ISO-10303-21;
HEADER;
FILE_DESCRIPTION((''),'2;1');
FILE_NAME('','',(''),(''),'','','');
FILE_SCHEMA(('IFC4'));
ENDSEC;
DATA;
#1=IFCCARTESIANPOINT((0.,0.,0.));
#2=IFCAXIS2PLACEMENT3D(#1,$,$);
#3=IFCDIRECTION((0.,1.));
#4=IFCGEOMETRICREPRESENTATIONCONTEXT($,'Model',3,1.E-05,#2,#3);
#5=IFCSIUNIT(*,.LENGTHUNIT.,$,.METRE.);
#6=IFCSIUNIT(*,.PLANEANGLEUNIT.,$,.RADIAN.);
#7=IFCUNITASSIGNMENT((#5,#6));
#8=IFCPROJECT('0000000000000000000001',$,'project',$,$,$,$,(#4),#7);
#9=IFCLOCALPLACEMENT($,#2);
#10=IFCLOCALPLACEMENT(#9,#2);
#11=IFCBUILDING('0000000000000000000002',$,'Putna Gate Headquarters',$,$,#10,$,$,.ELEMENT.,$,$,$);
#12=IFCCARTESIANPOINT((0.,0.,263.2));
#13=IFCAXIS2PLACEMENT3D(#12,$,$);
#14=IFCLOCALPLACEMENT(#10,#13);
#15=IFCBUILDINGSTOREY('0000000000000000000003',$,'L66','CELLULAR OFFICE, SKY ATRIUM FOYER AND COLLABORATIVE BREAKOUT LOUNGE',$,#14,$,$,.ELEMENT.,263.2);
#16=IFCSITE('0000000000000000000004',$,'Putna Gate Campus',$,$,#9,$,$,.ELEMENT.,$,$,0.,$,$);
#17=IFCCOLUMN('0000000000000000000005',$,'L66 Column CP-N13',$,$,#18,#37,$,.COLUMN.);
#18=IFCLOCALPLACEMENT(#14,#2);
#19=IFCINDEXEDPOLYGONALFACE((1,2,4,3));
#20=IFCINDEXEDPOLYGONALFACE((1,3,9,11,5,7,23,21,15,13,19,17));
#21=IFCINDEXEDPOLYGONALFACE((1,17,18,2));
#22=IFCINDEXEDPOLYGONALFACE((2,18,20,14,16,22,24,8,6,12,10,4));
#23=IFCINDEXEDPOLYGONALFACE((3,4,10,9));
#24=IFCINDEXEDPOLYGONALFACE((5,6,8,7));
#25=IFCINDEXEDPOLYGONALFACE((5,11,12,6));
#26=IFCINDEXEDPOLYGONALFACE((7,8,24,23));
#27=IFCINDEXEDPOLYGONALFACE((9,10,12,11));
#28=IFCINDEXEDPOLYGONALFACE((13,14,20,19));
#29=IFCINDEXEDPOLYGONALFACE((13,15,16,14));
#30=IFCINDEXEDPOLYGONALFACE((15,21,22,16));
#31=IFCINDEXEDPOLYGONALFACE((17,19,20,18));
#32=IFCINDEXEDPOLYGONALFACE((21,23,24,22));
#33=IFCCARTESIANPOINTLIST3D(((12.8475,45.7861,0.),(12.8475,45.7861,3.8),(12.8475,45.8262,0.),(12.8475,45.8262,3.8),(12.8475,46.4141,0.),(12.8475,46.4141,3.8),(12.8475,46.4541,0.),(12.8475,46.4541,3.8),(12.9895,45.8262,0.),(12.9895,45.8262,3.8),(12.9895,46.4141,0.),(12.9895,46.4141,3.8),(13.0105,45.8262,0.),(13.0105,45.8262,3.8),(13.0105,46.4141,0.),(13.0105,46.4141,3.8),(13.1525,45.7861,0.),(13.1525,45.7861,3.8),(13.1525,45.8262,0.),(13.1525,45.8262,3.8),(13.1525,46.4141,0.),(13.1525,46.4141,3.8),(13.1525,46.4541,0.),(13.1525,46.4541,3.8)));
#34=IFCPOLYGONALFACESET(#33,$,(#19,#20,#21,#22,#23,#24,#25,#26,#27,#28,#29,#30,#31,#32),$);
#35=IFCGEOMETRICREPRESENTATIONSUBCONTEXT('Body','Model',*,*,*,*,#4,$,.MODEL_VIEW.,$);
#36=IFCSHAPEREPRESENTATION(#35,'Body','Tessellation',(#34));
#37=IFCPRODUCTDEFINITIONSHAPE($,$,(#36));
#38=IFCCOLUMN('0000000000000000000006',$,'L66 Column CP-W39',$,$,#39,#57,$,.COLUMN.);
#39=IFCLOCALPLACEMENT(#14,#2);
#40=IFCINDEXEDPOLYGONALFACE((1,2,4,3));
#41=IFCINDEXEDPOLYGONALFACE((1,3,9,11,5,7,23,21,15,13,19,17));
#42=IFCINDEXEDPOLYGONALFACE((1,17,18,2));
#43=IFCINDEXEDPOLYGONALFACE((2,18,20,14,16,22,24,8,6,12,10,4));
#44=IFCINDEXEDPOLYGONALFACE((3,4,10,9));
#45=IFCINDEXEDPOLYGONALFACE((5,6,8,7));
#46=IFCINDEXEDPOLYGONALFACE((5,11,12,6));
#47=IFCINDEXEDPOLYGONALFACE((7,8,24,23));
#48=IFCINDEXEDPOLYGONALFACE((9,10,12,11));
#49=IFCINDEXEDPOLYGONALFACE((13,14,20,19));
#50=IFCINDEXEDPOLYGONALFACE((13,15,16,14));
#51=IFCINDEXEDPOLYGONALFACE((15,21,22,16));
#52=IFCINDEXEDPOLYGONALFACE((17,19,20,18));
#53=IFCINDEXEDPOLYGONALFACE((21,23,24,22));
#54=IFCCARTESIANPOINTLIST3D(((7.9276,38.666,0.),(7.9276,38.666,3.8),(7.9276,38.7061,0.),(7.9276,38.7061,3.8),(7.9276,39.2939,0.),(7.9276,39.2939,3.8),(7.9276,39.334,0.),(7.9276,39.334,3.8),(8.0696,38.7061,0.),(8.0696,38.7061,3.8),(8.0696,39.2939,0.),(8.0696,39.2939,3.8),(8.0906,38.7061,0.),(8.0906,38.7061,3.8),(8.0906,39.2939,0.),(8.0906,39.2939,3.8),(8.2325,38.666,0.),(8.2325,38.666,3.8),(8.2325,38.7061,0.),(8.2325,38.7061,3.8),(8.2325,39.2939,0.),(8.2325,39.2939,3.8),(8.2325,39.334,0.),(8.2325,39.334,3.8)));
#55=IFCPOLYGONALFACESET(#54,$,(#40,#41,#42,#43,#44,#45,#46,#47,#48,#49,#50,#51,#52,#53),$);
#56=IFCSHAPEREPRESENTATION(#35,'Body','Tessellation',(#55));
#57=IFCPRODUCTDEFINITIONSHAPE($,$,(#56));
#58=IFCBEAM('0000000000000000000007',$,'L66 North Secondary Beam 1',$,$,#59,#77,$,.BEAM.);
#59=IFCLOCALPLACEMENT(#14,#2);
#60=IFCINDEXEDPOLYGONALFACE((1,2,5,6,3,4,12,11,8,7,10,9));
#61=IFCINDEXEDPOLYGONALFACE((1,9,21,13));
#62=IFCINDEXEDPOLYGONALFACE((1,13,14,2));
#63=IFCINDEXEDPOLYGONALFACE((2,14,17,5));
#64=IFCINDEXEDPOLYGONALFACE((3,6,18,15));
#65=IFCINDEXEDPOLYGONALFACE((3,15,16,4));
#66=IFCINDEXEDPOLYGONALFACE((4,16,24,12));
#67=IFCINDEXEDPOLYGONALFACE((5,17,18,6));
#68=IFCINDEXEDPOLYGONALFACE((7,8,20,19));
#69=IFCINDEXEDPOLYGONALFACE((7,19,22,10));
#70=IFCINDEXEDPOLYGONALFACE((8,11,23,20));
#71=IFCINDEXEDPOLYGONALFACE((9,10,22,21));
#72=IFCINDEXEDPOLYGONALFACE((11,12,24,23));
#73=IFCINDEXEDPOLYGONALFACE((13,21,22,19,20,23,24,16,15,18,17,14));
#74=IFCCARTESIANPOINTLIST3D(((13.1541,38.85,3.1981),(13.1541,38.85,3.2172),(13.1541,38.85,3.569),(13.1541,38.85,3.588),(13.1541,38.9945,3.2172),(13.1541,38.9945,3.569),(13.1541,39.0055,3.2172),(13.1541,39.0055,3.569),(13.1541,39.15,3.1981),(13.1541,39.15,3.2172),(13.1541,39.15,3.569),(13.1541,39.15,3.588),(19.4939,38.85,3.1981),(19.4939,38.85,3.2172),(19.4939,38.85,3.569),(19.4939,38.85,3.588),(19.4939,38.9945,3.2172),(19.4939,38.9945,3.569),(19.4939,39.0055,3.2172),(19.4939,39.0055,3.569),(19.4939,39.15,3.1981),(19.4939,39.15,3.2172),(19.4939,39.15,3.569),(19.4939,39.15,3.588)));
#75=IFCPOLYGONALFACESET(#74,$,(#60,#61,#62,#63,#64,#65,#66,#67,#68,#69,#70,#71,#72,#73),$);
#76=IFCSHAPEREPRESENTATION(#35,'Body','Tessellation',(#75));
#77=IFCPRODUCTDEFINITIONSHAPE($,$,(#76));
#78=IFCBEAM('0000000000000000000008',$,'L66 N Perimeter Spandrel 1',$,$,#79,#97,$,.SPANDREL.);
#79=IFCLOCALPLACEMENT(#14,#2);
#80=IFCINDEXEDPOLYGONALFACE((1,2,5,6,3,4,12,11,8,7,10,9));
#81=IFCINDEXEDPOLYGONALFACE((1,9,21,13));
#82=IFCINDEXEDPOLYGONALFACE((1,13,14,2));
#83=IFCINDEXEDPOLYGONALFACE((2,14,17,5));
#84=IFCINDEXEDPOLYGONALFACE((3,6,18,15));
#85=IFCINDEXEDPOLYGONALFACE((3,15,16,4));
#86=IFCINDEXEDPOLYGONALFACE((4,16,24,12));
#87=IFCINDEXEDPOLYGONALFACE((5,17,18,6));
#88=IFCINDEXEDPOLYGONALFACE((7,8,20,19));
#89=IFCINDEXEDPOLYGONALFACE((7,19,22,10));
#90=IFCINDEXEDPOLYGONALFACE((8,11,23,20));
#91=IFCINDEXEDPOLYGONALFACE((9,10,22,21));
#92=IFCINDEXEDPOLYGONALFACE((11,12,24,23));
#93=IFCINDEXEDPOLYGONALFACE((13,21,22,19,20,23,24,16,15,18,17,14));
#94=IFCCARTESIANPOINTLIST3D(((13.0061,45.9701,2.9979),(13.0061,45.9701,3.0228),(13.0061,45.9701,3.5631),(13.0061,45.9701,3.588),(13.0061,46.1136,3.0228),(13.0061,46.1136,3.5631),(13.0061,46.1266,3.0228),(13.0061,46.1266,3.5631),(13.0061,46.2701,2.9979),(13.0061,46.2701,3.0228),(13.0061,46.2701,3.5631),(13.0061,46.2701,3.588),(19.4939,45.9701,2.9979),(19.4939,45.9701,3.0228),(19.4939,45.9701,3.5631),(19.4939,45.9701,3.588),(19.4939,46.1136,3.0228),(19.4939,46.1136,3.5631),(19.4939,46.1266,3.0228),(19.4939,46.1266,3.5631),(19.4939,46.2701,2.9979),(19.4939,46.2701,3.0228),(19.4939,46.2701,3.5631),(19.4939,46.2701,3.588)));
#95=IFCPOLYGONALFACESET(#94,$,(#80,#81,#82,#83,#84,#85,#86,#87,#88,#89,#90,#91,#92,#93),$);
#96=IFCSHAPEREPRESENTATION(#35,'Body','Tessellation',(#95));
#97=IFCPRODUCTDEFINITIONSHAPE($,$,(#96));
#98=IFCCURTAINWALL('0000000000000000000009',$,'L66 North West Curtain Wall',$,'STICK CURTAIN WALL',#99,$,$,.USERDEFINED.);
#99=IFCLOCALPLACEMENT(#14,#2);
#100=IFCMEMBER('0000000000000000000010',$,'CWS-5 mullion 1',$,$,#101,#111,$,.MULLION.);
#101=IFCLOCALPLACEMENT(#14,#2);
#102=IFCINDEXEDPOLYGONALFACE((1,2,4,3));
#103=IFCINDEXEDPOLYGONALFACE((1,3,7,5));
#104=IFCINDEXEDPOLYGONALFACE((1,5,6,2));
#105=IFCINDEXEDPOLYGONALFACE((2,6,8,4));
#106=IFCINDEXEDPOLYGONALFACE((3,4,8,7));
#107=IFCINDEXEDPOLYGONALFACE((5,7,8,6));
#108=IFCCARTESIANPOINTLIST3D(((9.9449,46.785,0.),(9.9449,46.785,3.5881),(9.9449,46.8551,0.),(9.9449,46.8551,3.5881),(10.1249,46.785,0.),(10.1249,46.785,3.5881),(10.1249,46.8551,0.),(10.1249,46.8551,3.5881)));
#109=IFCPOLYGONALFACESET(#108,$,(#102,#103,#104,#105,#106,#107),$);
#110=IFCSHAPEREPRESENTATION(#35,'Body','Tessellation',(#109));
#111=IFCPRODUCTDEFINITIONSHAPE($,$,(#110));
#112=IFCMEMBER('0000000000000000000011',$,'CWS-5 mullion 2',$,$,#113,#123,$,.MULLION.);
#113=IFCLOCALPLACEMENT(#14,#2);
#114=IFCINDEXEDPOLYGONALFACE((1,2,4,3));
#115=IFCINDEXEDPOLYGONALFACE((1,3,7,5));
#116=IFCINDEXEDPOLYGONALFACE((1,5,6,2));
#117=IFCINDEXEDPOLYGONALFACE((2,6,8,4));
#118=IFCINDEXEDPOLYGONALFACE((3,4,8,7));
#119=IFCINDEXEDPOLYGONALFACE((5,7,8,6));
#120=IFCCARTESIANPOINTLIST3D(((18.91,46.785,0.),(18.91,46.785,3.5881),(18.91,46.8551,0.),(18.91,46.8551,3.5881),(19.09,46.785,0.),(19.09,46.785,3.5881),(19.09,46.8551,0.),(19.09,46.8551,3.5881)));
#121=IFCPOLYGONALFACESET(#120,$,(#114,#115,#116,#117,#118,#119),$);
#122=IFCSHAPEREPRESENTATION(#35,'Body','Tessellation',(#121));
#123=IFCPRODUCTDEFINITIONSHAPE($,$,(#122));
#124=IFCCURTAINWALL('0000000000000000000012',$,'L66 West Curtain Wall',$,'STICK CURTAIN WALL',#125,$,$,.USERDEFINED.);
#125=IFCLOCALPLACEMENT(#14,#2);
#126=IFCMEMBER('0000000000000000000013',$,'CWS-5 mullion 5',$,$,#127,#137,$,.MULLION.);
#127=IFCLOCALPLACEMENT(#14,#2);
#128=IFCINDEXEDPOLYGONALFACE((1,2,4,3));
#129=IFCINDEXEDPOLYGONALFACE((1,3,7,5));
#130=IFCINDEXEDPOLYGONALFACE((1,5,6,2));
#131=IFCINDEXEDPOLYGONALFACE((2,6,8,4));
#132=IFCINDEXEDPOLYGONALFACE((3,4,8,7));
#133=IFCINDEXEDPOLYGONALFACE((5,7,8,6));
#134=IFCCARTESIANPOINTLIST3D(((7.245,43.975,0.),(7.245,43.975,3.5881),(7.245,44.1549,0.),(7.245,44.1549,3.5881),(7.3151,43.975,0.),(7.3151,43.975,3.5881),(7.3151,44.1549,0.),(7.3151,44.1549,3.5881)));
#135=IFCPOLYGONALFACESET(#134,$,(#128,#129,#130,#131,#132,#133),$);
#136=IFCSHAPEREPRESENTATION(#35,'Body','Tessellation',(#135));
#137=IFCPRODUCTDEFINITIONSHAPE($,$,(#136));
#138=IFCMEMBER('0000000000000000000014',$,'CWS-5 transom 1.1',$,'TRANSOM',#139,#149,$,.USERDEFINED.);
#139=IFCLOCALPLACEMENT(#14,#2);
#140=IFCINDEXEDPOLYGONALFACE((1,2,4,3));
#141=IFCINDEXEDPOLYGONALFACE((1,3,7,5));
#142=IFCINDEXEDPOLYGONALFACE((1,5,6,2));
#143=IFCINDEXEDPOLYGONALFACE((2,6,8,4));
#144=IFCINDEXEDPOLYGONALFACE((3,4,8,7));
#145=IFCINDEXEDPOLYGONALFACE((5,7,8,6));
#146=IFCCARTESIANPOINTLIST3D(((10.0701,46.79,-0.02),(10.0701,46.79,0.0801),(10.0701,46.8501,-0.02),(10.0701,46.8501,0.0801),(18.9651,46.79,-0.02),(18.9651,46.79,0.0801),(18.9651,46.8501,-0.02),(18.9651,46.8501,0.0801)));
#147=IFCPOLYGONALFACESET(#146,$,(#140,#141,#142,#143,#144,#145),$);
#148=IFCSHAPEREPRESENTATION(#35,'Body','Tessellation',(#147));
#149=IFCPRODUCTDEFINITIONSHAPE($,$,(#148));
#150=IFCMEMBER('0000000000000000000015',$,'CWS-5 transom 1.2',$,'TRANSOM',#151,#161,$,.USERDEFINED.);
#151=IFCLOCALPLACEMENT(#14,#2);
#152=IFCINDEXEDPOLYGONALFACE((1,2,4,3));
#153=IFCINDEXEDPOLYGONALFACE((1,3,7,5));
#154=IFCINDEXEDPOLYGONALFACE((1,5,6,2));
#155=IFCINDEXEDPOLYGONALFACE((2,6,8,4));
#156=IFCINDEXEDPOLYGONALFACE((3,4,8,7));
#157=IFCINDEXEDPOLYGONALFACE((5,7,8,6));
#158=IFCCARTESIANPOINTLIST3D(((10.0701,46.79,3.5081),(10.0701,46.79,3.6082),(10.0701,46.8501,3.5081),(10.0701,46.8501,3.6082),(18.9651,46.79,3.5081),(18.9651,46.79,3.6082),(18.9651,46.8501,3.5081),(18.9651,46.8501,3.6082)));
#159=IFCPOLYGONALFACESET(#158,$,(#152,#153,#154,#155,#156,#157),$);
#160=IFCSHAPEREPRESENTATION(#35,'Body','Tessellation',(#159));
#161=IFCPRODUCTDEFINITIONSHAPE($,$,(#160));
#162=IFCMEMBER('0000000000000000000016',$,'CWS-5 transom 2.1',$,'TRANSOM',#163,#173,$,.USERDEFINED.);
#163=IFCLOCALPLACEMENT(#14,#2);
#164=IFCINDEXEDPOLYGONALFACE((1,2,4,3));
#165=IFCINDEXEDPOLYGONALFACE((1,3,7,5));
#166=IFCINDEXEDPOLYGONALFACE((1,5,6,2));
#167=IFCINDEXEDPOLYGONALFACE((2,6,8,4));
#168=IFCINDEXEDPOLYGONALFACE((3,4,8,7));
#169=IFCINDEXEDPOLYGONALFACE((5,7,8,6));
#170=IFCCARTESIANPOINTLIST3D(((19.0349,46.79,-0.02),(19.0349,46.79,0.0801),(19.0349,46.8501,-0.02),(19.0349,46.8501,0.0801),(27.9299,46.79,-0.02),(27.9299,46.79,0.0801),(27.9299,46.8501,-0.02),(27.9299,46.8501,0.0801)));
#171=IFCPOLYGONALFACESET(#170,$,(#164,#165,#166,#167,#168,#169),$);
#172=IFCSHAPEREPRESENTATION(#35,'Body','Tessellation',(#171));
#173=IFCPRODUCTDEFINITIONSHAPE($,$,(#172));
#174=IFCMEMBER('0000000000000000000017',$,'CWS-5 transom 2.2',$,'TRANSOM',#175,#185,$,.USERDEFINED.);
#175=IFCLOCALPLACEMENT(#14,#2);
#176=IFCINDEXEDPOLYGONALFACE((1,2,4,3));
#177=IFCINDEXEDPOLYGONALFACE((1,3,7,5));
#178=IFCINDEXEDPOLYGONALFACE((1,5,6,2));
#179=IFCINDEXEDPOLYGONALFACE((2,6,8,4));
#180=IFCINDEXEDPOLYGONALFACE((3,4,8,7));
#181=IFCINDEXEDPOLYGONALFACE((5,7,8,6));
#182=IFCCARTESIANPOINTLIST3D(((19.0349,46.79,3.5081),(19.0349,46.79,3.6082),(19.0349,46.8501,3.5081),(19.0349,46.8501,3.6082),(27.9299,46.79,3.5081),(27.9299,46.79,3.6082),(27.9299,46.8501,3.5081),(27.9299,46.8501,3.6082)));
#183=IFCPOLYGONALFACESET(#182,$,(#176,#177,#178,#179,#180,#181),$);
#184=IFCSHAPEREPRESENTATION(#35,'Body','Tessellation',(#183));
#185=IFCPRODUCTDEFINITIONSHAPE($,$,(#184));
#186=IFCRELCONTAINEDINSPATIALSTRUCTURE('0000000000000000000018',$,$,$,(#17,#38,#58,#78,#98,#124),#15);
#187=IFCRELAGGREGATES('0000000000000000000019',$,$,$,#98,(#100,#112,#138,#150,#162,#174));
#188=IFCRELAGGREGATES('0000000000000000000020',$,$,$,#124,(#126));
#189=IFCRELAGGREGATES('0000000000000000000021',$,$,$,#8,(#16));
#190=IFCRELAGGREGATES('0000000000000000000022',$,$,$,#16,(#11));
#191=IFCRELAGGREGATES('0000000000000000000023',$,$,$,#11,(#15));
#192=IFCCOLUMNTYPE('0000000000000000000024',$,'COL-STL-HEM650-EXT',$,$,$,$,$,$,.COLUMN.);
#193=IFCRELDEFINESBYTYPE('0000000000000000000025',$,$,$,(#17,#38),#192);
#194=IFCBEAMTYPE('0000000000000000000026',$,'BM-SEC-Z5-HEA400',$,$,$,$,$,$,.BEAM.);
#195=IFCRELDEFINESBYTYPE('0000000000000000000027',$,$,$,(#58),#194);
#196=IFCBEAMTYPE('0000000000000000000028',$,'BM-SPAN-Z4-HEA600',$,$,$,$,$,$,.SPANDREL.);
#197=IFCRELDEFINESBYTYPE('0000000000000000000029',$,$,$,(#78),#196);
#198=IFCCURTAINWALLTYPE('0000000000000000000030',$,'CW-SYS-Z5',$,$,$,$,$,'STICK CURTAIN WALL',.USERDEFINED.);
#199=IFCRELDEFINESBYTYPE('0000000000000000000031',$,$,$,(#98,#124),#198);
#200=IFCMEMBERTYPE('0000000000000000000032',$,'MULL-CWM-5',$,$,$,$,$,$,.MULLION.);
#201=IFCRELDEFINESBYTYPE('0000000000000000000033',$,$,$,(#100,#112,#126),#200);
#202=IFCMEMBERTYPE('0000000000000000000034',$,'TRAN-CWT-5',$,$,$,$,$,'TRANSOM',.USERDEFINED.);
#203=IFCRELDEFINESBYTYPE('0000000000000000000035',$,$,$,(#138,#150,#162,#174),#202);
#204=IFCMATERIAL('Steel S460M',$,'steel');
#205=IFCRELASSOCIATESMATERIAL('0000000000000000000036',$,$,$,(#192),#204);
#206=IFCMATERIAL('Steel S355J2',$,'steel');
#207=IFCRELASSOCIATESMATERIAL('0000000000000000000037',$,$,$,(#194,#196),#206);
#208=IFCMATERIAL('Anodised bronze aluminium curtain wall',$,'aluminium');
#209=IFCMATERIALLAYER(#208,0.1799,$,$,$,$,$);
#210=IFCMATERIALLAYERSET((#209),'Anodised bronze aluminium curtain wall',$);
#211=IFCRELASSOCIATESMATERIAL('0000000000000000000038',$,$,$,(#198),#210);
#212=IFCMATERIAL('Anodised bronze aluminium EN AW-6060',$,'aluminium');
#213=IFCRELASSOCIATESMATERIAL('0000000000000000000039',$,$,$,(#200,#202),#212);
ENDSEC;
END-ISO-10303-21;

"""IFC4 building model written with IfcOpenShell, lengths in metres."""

from ifc_helpers import new_model, si_unit, direction, frame, origin, origin_2d, place, context, subcontext, project, spatial, rectangle, i_section, extrude, material, layer, layer_set, material_profile, profile_set, type_object, element, aggregate, save


model = new_model("IFC4")

# Units and contexts
model_context = context("Model", 3, precision=1e-05, world=origin(), true_north=direction((0.0, 1.0)))
body_context = subcontext(model_context, "Body", "Model", "MODEL_VIEW")
ifc_project = project(units=[si_unit("LENGTHUNIT", "METRE"), si_unit("PLANEANGLEUNIT", "RADIAN")], contexts=[model_context])

# Site, building, storey
site_placement = place(None, origin())
site = spatial("IfcSite", under=ifc_project, at=site_placement, Name="Putna Gate Campus", CompositionType="ELEMENT", RefElevation=0.0)
building_placement = place(site_placement, origin())
building = spatial("IfcBuilding", under=site, at=building_placement, Name="Putna Gate Headquarters", CompositionType="ELEMENT")
storey_placement = place(building_placement, frame((0.0, 0.0, 263.2)))
storey = spatial("IfcBuildingStorey", under=building, at=storey_placement, Name="L66", Description="CELLULAR OFFICE, SKY ATRIUM FOYER AND COLLABORATIVE BREAKOUT LOUNGE", CompositionType="ELEMENT", Elevation=263.2)

# Columns
ifc_material_1 = material(Name="Steel S460M", Category="steel")
ifc_material_profile_1 = material_profile(ifc_material_1, i_section(OverallWidth=0.3049, OverallDepth=0.668, WebThickness=0.021, FlangeThickness=0.04, at=origin_2d()), Name="Steel S460M")
ifc_profile_set_1 = profile_set([ifc_material_profile_1], Name="Steel S460M")
column_type = type_object("IfcColumnType", Name="COL-STL-HEM650-EXT", PredefinedType="COLUMN", material=ifc_profile_set_1)
for number, where, z_axis, x_axis, name in (
    (1, (13.0, 46.1201, 0.0), (0.0, 0.0, 1.0), (1.0, 0.0, 0.0), "L66 Column CP-N13"),
    (2, (8.0801, 39.0, 0.0), (0.0, 0.0, 1.0), (1.0, 0.0, 0.0), "L66 Column CP-W39"),
):
    element("IfcColumn", number, at=place(storey_placement, frame(where, z_axis=z_axis, x_axis=x_axis)), inside=storey, type_object=column_type, Name=name, PredefinedType="COLUMN", context=body_context, shape_type="SweptSolid", body=[
        extrude(i_section(OverallWidth=0.3049, OverallDepth=0.668, WebThickness=0.021, FlangeThickness=0.04, at=origin_2d()), origin(), (0.0, 0.0, 1.0), 3.8),
    ])

# Beams
ifc_material_2 = material(Name="Steel S355J2", Category="steel")
ifc_material_profile_2 = material_profile(ifc_material_2, i_section(OverallWidth=0.3, OverallDepth=0.3899, WebThickness=0.011, FlangeThickness=0.019, at=origin_2d()), Name="Steel S355J2")
ifc_profile_set_2 = profile_set([ifc_material_profile_2], Name="Steel S355J2")
beam_type_1 = type_object("IfcBeamType", Name="BM-SEC-Z5-HEA400", PredefinedType="BEAM", material=ifc_profile_set_2)
beam_1_placement = place(storey_placement, frame((13.1541, 39.0, 3.3931), z_axis=(1.0, 0.0, 0.0), x_axis=(0.0, 1.0, 0.0)))
element("IfcBeam", 3, at=beam_1_placement, inside=storey, type_object=beam_type_1, Name="L66 North Secondary Beam 1", PredefinedType="BEAM", context=body_context, shape_type="SweptSolid", body=[
    extrude(i_section(OverallWidth=0.3, OverallDepth=0.3899, WebThickness=0.011, FlangeThickness=0.019, at=origin_2d()), origin(), (0.0, 0.0, 1.0), 6.3398),
])
ifc_material_profile_3 = material_profile(ifc_material_2, i_section(OverallWidth=0.3, OverallDepth=0.5901, WebThickness=0.0129, FlangeThickness=0.0249, at=origin_2d()), Name="Steel S355J2")
ifc_profile_set_3 = profile_set([ifc_material_profile_3], Name="Steel S355J2")
beam_type_2 = type_object("IfcBeamType", Name="BM-SPAN-Z4-HEA600", PredefinedType="SPANDREL", material=ifc_profile_set_3)
beam_2_placement = place(storey_placement, frame((13.0061, 46.1201, 3.293), z_axis=(1.0, 0.0, 0.0), x_axis=(0.0, 1.0, 0.0)))
element("IfcBeam", 4, at=beam_2_placement, inside=storey, type_object=beam_type_2, Name="L66 N Perimeter Spandrel 1", PredefinedType="SPANDREL", context=body_context, shape_type="SweptSolid", body=[
    extrude(i_section(OverallWidth=0.3, OverallDepth=0.5901, WebThickness=0.0129, FlangeThickness=0.0249, at=origin_2d()), origin(), (0.0, 0.0, 1.0), 6.4878),
])

# Curtain wall, members
ifc_material_3 = material(Name="Anodised bronze aluminium curtain wall", Category="aluminium")
ifc_layer_1 = layer(ifc_material_3, 0.1799)
ifc_layer_set_1 = layer_set([ifc_layer_1], Name="Anodised bronze aluminium curtain wall")
curtain_wall_type = type_object("IfcCurtainWallType", Name="CW-SYS-Z5", ElementType="STICK CURTAIN WALL", PredefinedType="USERDEFINED", material=ifc_layer_set_1)
curtain_wall_1_placement = place(storey_placement, origin())
curtain_wall_1 = element("IfcCurtainWall", 5, at=curtain_wall_1_placement, inside=storey, type_object=curtain_wall_type, Name="L66 North West Curtain Wall", ObjectType="STICK CURTAIN WALL", PredefinedType="USERDEFINED")
ifc_material_4 = material(Name="Anodised bronze aluminium EN AW-6060", Category="aluminium")
ifc_material_profile_4 = material_profile(ifc_material_4, rectangle(XDim=0.0701, YDim=0.1799, at=origin_2d()), Name="Anodised bronze aluminium EN AW-6060")
ifc_profile_set_4 = profile_set([ifc_material_profile_4], Name="Anodised bronze aluminium EN AW-6060")
member_type_1 = type_object("IfcMemberType", Name="MULL-CWM-5", PredefinedType="MULLION", material=ifc_profile_set_4)
member_1_placement = place(storey_placement, frame((10.0349, 46.8201, 0.0), z_axis=(0.0, 0.0, 1.0), x_axis=(0.0, 1.0, 0.0)))
member_1 = element("IfcMember", 6, at=member_1_placement, type_object=member_type_1, Name="CWS-5 mullion 1", PredefinedType="MULLION", context=body_context, shape_type="SweptSolid", body=[
    extrude(rectangle(XDim=0.0701, YDim=0.1799, at=origin_2d()), origin(), (0.0, 0.0, 1.0), 3.5881),
])
member_2_placement = place(storey_placement, frame((19.0, 46.8201, 0.0), z_axis=(0.0, 0.0, 1.0), x_axis=(0.0, 1.0, 0.0)))
member_2 = element("IfcMember", 7, at=member_2_placement, type_object=member_type_1, Name="CWS-5 mullion 2", PredefinedType="MULLION", context=body_context, shape_type="SweptSolid", body=[
    extrude(rectangle(XDim=0.0701, YDim=0.1799, at=origin_2d()), origin(), (0.0, 0.0, 1.0), 3.5881),
])

# Curtain wall, member
curtain_wall_2_placement = place(storey_placement, origin())
curtain_wall_2 = element("IfcCurtainWall", 8, at=curtain_wall_2_placement, inside=storey, type_object=curtain_wall_type, Name="L66 West Curtain Wall", ObjectType="STICK CURTAIN WALL", PredefinedType="USERDEFINED")
member_3_placement = place(storey_placement, frame((7.28, 44.0649, 0.0), z_axis=(0.0, 0.0, 1.0), x_axis=(-1.0, 0.0, 0.0)))
member_3 = element("IfcMember", 9, at=member_3_placement, type_object=member_type_1, Name="CWS-5 mullion 5", PredefinedType="MULLION", context=body_context, shape_type="SweptSolid", body=[
    extrude(rectangle(XDim=0.0701, YDim=0.1799, at=origin_2d()), origin(), (0.0, 0.0, 1.0), 3.5881),
])

# Members
ifc_material_profile_5 = material_profile(ifc_material_4, rectangle(XDim=0.0601, YDim=0.1001, at=origin_2d()), Name="Anodised bronze aluminium EN AW-6060")
ifc_profile_set_5 = profile_set([ifc_material_profile_5], Name="Anodised bronze aluminium EN AW-6060")
member_type_2 = type_object("IfcMemberType", Name="TRAN-CWT-5", ElementType="TRANSOM", PredefinedType="USERDEFINED", material=ifc_profile_set_5)
member_4_placement = place(storey_placement, frame((10.0701, 46.8201, 0.03), z_axis=(1.0, 0.0, 0.0), x_axis=(0.0, 1.0, 0.0)))
member_4 = element("IfcMember", 10, at=member_4_placement, type_object=member_type_2, Name="CWS-5 transom 1.1", ObjectType="TRANSOM", PredefinedType="USERDEFINED", context=body_context, shape_type="SweptSolid", body=[
    extrude(rectangle(XDim=0.0601, YDim=0.1001, at=origin_2d()), origin(), (0.0, 0.0, 1.0), 8.895),
])
member_5_placement = place(storey_placement, frame((10.0701, 46.8201, 3.5581), z_axis=(1.0, 0.0, 0.0), x_axis=(0.0, 1.0, 0.0)))
member_5 = element("IfcMember", 11, at=member_5_placement, type_object=member_type_2, Name="CWS-5 transom 1.2", ObjectType="TRANSOM", PredefinedType="USERDEFINED", context=body_context, shape_type="SweptSolid", body=[
    extrude(rectangle(XDim=0.0601, YDim=0.1001, at=origin_2d()), origin(), (0.0, 0.0, 1.0), 8.895),
])
member_6_placement = place(storey_placement, frame((19.0349, 46.8201, 0.03), z_axis=(1.0, 0.0, 0.0), x_axis=(0.0, 1.0, 0.0)))
member_6 = element("IfcMember", 12, at=member_6_placement, type_object=member_type_2, Name="CWS-5 transom 2.1", ObjectType="TRANSOM", PredefinedType="USERDEFINED", context=body_context, shape_type="SweptSolid", body=[
    extrude(rectangle(XDim=0.0601, YDim=0.1001, at=origin_2d()), origin(), (0.0, 0.0, 1.0), 8.895),
])
member_7_placement = place(storey_placement, frame((19.0349, 46.8201, 3.5581), z_axis=(1.0, 0.0, 0.0), x_axis=(0.0, 1.0, 0.0)))
member_7 = element("IfcMember", 13, at=member_7_placement, type_object=member_type_2, Name="CWS-5 transom 2.2", ObjectType="TRANSOM", PredefinedType="USERDEFINED", context=body_context, shape_type="SweptSolid", body=[
    extrude(rectangle(XDim=0.0601, YDim=0.1001, at=origin_2d()), origin(), (0.0, 0.0, 1.0), 8.895),
])

aggregate(curtain_wall_1, [member_1, member_2, member_4, member_5, member_6, member_7])
aggregate(curtain_wall_2, [member_3])

save(model, "model.ifc")
